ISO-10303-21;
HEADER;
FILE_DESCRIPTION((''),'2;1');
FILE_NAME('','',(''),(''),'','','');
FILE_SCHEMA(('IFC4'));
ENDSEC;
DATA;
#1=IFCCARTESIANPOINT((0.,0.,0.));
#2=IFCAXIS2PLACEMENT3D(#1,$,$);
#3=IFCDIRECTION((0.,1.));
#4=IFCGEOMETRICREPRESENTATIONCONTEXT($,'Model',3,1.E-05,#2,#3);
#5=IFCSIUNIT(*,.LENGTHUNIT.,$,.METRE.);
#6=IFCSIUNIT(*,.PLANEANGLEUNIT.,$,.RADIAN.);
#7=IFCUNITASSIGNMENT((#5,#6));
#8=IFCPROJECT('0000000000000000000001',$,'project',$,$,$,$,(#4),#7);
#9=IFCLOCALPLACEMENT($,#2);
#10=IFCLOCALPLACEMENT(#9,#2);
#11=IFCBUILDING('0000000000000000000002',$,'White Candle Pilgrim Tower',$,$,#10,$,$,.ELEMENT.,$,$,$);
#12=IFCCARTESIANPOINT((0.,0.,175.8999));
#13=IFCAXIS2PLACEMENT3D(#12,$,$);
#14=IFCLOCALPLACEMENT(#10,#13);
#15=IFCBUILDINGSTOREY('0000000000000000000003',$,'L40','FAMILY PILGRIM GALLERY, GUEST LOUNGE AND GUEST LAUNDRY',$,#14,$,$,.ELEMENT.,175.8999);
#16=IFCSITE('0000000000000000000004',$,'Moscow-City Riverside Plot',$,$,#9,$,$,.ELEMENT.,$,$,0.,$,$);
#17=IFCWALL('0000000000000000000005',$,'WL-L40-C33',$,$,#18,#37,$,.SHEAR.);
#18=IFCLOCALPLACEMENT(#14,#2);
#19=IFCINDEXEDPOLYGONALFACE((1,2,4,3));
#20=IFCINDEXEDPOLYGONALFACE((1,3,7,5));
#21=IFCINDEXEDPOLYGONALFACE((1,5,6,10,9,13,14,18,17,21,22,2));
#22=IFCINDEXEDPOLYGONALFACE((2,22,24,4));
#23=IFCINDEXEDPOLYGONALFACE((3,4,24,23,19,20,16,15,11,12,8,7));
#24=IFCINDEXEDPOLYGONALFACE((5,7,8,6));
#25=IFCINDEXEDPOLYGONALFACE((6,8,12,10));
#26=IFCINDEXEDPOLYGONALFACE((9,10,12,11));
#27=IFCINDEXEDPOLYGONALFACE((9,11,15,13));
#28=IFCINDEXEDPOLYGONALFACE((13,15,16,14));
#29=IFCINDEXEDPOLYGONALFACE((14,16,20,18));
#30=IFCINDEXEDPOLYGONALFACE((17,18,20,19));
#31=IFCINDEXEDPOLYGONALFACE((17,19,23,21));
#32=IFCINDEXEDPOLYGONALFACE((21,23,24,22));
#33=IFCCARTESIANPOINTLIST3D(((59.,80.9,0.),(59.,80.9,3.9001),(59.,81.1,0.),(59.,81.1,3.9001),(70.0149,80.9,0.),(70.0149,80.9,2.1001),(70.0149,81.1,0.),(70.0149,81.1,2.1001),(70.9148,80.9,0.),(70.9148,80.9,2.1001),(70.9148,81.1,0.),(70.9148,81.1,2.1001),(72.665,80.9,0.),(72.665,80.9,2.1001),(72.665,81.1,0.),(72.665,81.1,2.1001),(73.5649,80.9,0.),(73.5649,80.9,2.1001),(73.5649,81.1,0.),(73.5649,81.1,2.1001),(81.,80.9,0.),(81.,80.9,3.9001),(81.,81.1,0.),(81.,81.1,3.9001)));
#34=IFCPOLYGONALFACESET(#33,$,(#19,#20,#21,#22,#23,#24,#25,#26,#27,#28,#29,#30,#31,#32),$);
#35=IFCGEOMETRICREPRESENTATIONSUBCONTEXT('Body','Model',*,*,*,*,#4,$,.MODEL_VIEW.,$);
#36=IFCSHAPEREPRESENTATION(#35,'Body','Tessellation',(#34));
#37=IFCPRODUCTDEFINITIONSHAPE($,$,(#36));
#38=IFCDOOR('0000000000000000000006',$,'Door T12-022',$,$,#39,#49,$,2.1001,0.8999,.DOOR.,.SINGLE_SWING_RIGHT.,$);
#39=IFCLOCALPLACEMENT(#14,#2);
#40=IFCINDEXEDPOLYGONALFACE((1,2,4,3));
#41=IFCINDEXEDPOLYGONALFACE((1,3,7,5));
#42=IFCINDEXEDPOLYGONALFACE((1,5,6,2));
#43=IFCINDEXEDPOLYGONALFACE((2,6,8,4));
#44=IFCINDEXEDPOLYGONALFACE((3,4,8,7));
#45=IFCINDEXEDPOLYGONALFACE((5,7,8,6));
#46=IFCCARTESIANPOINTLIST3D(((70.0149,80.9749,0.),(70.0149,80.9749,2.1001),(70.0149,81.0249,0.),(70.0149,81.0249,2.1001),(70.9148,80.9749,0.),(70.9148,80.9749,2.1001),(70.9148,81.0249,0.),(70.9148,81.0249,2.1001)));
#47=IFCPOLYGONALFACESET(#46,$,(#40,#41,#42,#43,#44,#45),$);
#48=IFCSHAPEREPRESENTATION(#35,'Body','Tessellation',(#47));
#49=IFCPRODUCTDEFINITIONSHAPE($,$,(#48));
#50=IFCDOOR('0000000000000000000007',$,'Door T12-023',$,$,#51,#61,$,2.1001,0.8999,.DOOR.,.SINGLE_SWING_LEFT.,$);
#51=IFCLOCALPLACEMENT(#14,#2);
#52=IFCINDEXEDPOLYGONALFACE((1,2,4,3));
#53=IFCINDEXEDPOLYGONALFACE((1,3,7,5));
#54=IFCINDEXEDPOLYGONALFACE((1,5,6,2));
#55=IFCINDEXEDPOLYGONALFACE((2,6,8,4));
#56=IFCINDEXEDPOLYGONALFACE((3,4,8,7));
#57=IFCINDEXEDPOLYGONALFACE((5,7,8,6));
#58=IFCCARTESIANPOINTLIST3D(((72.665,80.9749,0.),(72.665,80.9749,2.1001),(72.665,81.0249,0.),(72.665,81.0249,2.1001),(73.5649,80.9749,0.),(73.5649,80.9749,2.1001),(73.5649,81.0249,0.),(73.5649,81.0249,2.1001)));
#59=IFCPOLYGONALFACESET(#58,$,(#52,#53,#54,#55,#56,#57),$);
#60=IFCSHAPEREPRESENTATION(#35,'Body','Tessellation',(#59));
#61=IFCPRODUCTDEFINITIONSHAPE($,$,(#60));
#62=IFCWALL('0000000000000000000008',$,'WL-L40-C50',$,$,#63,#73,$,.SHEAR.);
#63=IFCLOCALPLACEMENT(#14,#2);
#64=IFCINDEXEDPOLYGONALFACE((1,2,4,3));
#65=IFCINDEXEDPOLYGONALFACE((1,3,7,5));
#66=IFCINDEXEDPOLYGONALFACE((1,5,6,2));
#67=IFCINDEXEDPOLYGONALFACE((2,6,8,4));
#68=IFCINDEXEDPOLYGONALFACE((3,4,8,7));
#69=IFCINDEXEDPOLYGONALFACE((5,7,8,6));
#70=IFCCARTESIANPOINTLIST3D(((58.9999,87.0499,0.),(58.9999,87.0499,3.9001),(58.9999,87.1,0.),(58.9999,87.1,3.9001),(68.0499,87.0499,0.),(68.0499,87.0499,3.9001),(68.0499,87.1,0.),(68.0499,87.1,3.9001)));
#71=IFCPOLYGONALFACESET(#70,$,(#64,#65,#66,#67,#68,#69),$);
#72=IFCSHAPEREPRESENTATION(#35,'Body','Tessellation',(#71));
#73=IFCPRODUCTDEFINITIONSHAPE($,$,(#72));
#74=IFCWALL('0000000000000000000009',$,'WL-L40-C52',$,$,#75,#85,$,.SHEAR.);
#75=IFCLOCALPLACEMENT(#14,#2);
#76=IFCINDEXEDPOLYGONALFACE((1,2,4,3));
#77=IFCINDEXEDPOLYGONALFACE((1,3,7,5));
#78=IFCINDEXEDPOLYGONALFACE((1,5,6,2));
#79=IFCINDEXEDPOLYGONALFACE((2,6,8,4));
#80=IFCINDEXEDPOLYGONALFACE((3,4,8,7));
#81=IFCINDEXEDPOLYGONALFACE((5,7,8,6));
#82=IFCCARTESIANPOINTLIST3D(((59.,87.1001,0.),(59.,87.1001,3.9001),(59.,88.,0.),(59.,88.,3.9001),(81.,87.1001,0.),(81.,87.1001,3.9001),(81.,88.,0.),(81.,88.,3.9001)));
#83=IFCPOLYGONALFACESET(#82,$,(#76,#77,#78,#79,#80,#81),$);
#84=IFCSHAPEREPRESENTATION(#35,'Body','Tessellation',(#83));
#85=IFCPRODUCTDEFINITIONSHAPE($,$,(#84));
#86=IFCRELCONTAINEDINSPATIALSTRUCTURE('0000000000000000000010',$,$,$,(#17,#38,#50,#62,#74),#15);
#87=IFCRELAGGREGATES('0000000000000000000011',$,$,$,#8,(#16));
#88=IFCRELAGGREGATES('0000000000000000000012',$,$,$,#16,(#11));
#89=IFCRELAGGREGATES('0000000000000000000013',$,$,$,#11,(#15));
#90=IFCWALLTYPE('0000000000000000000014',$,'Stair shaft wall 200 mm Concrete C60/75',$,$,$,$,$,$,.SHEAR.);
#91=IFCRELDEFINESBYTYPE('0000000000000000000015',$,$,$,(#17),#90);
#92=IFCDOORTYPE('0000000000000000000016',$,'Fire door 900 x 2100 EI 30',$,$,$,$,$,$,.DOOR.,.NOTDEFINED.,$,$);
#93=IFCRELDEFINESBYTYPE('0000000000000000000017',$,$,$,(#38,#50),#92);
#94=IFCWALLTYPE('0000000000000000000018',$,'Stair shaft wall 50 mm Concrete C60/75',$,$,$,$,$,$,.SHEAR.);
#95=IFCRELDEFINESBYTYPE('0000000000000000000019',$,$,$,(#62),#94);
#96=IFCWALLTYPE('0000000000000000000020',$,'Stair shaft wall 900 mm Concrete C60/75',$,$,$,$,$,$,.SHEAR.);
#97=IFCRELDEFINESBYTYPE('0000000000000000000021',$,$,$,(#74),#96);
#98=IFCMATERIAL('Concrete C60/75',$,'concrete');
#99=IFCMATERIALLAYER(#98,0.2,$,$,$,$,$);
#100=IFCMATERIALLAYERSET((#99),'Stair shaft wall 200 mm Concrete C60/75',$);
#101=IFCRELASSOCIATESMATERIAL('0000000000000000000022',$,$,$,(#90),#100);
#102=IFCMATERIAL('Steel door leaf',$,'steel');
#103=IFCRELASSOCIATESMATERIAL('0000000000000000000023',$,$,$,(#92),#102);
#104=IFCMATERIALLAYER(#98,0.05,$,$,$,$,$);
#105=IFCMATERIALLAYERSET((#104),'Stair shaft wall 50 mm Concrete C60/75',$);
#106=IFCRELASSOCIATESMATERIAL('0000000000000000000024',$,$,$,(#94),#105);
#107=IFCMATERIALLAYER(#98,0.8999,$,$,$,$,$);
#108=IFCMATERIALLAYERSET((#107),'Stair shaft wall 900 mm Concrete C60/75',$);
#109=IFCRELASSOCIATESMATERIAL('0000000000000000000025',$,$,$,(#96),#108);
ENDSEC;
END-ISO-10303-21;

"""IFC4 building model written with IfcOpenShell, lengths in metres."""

from ifc_helpers import new_model, si_unit, direction, frame, frame_2d, origin, place, context, subcontext, project, spatial, rectangle, extrude, material, layer, layer_set, type_object, element, fill, save


model = new_model("IFC4")

# Units and contexts
model_context = context("Model", 3, precision=1e-05, world=origin(), true_north=direction((0.0, 1.0)))
body_context = subcontext(model_context, "Body", "Model", "MODEL_VIEW")
ifc_project = project(units=[si_unit("LENGTHUNIT", "METRE"), si_unit("PLANEANGLEUNIT", "RADIAN")], contexts=[model_context])

# Site, building, storey
site_placement = place(None, origin())
site = spatial("IfcSite", under=ifc_project, at=site_placement, Name="Moscow-City Riverside Plot", CompositionType="ELEMENT", RefElevation=0.0)
building_placement = place(site_placement, origin())
building = spatial("IfcBuilding", under=site, at=building_placement, Name="White Candle Pilgrim Tower", CompositionType="ELEMENT")
storey_placement = place(building_placement, frame((0.0, 0.0, 175.8999)))
storey = spatial("IfcBuildingStorey", under=building, at=storey_placement, Name="L40", Description="FAMILY PILGRIM GALLERY, GUEST LOUNGE AND GUEST LAUNDRY", CompositionType="ELEMENT", Elevation=175.8999)

# Shared definitions
ifc_material_1 = material(Name="Concrete C60/75", Category="concrete")

# Wall, openings, doors
ifc_layer_1 = layer(ifc_material_1, 0.2)
ifc_layer_set_1 = layer_set([ifc_layer_1], Name="Stair shaft wall 200 mm Concrete C60/75")
wall_type_1 = type_object("IfcWallType", Name="Stair shaft wall 200 mm Concrete C60/75", PredefinedType="SHEAR", material=ifc_layer_set_1)
wall_1_placement = place(storey_placement, frame((59.0, 81.0, 0.0), z_axis=(0.0, 0.0, 1.0), x_axis=(1.0, 0.0, 0.0)))
wall_1 = element("IfcWall", 1, at=wall_1_placement, inside=storey, type_object=wall_type_1, Name="WL-L40-C33", PredefinedType="SHEAR", context=body_context, shape_type="SweptSolid", body=[
    extrude(rectangle(XDim=22.0, YDim=0.2, at=frame_2d((11.0, 0.0))), origin(), (0.0, 0.0, 1.0), 3.9001),
])
opening_1_placement = place(wall_1_placement, frame((11.0149, 0.0, 0.0)))
opening_1 = element("IfcOpeningElement", 2, at=opening_1_placement, cuts=wall_1, PredefinedType="OPENING", context=body_context, shape_type="SweptSolid", body=[
    extrude(rectangle(XDim=0.8999, YDim=2.1001, at=frame_2d((0.45, 1.05))), frame((0.0, 0.1099, 0.0), z_axis=(0.0, -1.0, 0.0), x_axis=(1.0, 0.0, 0.0)), (0.0, 0.0, 1.0), 0.22),
])
opening_2_placement = place(wall_1_placement, frame((13.665, 0.0, 0.0)))
opening_2 = element("IfcOpeningElement", 3, at=opening_2_placement, cuts=wall_1, PredefinedType="OPENING", context=body_context, shape_type="SweptSolid", body=[
    extrude(rectangle(XDim=0.8999, YDim=2.1001, at=frame_2d((0.45, 1.05))), frame((0.0, 0.1099, 0.0), z_axis=(0.0, -1.0, 0.0), x_axis=(1.0, 0.0, 0.0)), (0.0, 0.0, 1.0), 0.22),
])
ifc_material_2 = material(Name="Steel door leaf", Category="steel")
door_type_1 = type_object("IfcDoorType", Name="Fire door 900 x 2100 EI 30", OperationType="NOTDEFINED", PredefinedType="DOOR", material=ifc_material_2)
door_1_placement = place(opening_1_placement, origin())
door_1 = element("IfcDoor", 4, at=door_1_placement, inside=storey, type_object=door_type_1, Name="Door T12-022", OperationType="SINGLE_SWING_RIGHT", OverallHeight=2.1001, OverallWidth=0.8999, PredefinedType="DOOR", context=body_context, shape_type="SweptSolid", body=[
    extrude(rectangle(XDim=0.8999, YDim=2.1001, at=frame_2d((0.45, 1.05))), frame((0.0, 0.0249, 0.0), z_axis=(0.0, -1.0, 0.0), x_axis=(1.0, 0.0, 0.0)), (0.0, 0.0, 1.0), 0.05),
])
fill(opening_1, door_1)
door_2_placement = place(opening_2_placement, origin())
door_2 = element("IfcDoor", 5, at=door_2_placement, inside=storey, type_object=door_type_1, Name="Door T12-023", OperationType="SINGLE_SWING_LEFT", OverallHeight=2.1001, OverallWidth=0.8999, PredefinedType="DOOR", context=body_context, shape_type="SweptSolid", body=[
    extrude(rectangle(XDim=0.8999, YDim=2.1001, at=frame_2d((0.45, 1.05))), frame((0.0, 0.0249, 0.0), z_axis=(0.0, -1.0, 0.0), x_axis=(1.0, 0.0, 0.0)), (0.0, 0.0, 1.0), 0.05),
])
fill(opening_2, door_2)

# Walls
ifc_layer_2 = layer(ifc_material_1, 0.05)
ifc_layer_set_2 = layer_set([ifc_layer_2], Name="Stair shaft wall 50 mm Concrete C60/75")
wall_type_2 = type_object("IfcWallType", Name="Stair shaft wall 50 mm Concrete C60/75", PredefinedType="SHEAR", material=ifc_layer_set_2)
wall_2_placement = place(storey_placement, frame((59.0, 87.075, 0.0), z_axis=(0.0, 0.0, 1.0), x_axis=(1.0, 0.0, 0.0)))
element("IfcWall", 6, at=wall_2_placement, inside=storey, type_object=wall_type_2, Name="WL-L40-C50", PredefinedType="SHEAR", context=body_context, shape_type="SweptSolid", body=[
    extrude(rectangle(XDim=9.05, YDim=0.05, at=frame_2d((4.5249, 0.0))), origin(), (0.0, 0.0, 1.0), 3.9001),
])
ifc_layer_3 = layer(ifc_material_1, 0.8999)
ifc_layer_set_3 = layer_set([ifc_layer_3], Name="Stair shaft wall 900 mm Concrete C60/75")
wall_type_3 = type_object("IfcWallType", Name="Stair shaft wall 900 mm Concrete C60/75", PredefinedType="SHEAR", material=ifc_layer_set_3)
wall_3_placement = place(storey_placement, frame((59.0, 87.55, 0.0), z_axis=(0.0, 0.0, 1.0), x_axis=(1.0, 0.0, 0.0)))
element("IfcWall", 7, at=wall_3_placement, inside=storey, type_object=wall_type_3, Name="WL-L40-C52", PredefinedType="SHEAR", context=body_context, shape_type="SweptSolid", body=[
    extrude(rectangle(XDim=22.0, YDim=0.8999, at=frame_2d((11.0, 0.0))), origin(), (0.0, 0.0, 1.0), 3.9001),
])

save(model, "model.ifc")
